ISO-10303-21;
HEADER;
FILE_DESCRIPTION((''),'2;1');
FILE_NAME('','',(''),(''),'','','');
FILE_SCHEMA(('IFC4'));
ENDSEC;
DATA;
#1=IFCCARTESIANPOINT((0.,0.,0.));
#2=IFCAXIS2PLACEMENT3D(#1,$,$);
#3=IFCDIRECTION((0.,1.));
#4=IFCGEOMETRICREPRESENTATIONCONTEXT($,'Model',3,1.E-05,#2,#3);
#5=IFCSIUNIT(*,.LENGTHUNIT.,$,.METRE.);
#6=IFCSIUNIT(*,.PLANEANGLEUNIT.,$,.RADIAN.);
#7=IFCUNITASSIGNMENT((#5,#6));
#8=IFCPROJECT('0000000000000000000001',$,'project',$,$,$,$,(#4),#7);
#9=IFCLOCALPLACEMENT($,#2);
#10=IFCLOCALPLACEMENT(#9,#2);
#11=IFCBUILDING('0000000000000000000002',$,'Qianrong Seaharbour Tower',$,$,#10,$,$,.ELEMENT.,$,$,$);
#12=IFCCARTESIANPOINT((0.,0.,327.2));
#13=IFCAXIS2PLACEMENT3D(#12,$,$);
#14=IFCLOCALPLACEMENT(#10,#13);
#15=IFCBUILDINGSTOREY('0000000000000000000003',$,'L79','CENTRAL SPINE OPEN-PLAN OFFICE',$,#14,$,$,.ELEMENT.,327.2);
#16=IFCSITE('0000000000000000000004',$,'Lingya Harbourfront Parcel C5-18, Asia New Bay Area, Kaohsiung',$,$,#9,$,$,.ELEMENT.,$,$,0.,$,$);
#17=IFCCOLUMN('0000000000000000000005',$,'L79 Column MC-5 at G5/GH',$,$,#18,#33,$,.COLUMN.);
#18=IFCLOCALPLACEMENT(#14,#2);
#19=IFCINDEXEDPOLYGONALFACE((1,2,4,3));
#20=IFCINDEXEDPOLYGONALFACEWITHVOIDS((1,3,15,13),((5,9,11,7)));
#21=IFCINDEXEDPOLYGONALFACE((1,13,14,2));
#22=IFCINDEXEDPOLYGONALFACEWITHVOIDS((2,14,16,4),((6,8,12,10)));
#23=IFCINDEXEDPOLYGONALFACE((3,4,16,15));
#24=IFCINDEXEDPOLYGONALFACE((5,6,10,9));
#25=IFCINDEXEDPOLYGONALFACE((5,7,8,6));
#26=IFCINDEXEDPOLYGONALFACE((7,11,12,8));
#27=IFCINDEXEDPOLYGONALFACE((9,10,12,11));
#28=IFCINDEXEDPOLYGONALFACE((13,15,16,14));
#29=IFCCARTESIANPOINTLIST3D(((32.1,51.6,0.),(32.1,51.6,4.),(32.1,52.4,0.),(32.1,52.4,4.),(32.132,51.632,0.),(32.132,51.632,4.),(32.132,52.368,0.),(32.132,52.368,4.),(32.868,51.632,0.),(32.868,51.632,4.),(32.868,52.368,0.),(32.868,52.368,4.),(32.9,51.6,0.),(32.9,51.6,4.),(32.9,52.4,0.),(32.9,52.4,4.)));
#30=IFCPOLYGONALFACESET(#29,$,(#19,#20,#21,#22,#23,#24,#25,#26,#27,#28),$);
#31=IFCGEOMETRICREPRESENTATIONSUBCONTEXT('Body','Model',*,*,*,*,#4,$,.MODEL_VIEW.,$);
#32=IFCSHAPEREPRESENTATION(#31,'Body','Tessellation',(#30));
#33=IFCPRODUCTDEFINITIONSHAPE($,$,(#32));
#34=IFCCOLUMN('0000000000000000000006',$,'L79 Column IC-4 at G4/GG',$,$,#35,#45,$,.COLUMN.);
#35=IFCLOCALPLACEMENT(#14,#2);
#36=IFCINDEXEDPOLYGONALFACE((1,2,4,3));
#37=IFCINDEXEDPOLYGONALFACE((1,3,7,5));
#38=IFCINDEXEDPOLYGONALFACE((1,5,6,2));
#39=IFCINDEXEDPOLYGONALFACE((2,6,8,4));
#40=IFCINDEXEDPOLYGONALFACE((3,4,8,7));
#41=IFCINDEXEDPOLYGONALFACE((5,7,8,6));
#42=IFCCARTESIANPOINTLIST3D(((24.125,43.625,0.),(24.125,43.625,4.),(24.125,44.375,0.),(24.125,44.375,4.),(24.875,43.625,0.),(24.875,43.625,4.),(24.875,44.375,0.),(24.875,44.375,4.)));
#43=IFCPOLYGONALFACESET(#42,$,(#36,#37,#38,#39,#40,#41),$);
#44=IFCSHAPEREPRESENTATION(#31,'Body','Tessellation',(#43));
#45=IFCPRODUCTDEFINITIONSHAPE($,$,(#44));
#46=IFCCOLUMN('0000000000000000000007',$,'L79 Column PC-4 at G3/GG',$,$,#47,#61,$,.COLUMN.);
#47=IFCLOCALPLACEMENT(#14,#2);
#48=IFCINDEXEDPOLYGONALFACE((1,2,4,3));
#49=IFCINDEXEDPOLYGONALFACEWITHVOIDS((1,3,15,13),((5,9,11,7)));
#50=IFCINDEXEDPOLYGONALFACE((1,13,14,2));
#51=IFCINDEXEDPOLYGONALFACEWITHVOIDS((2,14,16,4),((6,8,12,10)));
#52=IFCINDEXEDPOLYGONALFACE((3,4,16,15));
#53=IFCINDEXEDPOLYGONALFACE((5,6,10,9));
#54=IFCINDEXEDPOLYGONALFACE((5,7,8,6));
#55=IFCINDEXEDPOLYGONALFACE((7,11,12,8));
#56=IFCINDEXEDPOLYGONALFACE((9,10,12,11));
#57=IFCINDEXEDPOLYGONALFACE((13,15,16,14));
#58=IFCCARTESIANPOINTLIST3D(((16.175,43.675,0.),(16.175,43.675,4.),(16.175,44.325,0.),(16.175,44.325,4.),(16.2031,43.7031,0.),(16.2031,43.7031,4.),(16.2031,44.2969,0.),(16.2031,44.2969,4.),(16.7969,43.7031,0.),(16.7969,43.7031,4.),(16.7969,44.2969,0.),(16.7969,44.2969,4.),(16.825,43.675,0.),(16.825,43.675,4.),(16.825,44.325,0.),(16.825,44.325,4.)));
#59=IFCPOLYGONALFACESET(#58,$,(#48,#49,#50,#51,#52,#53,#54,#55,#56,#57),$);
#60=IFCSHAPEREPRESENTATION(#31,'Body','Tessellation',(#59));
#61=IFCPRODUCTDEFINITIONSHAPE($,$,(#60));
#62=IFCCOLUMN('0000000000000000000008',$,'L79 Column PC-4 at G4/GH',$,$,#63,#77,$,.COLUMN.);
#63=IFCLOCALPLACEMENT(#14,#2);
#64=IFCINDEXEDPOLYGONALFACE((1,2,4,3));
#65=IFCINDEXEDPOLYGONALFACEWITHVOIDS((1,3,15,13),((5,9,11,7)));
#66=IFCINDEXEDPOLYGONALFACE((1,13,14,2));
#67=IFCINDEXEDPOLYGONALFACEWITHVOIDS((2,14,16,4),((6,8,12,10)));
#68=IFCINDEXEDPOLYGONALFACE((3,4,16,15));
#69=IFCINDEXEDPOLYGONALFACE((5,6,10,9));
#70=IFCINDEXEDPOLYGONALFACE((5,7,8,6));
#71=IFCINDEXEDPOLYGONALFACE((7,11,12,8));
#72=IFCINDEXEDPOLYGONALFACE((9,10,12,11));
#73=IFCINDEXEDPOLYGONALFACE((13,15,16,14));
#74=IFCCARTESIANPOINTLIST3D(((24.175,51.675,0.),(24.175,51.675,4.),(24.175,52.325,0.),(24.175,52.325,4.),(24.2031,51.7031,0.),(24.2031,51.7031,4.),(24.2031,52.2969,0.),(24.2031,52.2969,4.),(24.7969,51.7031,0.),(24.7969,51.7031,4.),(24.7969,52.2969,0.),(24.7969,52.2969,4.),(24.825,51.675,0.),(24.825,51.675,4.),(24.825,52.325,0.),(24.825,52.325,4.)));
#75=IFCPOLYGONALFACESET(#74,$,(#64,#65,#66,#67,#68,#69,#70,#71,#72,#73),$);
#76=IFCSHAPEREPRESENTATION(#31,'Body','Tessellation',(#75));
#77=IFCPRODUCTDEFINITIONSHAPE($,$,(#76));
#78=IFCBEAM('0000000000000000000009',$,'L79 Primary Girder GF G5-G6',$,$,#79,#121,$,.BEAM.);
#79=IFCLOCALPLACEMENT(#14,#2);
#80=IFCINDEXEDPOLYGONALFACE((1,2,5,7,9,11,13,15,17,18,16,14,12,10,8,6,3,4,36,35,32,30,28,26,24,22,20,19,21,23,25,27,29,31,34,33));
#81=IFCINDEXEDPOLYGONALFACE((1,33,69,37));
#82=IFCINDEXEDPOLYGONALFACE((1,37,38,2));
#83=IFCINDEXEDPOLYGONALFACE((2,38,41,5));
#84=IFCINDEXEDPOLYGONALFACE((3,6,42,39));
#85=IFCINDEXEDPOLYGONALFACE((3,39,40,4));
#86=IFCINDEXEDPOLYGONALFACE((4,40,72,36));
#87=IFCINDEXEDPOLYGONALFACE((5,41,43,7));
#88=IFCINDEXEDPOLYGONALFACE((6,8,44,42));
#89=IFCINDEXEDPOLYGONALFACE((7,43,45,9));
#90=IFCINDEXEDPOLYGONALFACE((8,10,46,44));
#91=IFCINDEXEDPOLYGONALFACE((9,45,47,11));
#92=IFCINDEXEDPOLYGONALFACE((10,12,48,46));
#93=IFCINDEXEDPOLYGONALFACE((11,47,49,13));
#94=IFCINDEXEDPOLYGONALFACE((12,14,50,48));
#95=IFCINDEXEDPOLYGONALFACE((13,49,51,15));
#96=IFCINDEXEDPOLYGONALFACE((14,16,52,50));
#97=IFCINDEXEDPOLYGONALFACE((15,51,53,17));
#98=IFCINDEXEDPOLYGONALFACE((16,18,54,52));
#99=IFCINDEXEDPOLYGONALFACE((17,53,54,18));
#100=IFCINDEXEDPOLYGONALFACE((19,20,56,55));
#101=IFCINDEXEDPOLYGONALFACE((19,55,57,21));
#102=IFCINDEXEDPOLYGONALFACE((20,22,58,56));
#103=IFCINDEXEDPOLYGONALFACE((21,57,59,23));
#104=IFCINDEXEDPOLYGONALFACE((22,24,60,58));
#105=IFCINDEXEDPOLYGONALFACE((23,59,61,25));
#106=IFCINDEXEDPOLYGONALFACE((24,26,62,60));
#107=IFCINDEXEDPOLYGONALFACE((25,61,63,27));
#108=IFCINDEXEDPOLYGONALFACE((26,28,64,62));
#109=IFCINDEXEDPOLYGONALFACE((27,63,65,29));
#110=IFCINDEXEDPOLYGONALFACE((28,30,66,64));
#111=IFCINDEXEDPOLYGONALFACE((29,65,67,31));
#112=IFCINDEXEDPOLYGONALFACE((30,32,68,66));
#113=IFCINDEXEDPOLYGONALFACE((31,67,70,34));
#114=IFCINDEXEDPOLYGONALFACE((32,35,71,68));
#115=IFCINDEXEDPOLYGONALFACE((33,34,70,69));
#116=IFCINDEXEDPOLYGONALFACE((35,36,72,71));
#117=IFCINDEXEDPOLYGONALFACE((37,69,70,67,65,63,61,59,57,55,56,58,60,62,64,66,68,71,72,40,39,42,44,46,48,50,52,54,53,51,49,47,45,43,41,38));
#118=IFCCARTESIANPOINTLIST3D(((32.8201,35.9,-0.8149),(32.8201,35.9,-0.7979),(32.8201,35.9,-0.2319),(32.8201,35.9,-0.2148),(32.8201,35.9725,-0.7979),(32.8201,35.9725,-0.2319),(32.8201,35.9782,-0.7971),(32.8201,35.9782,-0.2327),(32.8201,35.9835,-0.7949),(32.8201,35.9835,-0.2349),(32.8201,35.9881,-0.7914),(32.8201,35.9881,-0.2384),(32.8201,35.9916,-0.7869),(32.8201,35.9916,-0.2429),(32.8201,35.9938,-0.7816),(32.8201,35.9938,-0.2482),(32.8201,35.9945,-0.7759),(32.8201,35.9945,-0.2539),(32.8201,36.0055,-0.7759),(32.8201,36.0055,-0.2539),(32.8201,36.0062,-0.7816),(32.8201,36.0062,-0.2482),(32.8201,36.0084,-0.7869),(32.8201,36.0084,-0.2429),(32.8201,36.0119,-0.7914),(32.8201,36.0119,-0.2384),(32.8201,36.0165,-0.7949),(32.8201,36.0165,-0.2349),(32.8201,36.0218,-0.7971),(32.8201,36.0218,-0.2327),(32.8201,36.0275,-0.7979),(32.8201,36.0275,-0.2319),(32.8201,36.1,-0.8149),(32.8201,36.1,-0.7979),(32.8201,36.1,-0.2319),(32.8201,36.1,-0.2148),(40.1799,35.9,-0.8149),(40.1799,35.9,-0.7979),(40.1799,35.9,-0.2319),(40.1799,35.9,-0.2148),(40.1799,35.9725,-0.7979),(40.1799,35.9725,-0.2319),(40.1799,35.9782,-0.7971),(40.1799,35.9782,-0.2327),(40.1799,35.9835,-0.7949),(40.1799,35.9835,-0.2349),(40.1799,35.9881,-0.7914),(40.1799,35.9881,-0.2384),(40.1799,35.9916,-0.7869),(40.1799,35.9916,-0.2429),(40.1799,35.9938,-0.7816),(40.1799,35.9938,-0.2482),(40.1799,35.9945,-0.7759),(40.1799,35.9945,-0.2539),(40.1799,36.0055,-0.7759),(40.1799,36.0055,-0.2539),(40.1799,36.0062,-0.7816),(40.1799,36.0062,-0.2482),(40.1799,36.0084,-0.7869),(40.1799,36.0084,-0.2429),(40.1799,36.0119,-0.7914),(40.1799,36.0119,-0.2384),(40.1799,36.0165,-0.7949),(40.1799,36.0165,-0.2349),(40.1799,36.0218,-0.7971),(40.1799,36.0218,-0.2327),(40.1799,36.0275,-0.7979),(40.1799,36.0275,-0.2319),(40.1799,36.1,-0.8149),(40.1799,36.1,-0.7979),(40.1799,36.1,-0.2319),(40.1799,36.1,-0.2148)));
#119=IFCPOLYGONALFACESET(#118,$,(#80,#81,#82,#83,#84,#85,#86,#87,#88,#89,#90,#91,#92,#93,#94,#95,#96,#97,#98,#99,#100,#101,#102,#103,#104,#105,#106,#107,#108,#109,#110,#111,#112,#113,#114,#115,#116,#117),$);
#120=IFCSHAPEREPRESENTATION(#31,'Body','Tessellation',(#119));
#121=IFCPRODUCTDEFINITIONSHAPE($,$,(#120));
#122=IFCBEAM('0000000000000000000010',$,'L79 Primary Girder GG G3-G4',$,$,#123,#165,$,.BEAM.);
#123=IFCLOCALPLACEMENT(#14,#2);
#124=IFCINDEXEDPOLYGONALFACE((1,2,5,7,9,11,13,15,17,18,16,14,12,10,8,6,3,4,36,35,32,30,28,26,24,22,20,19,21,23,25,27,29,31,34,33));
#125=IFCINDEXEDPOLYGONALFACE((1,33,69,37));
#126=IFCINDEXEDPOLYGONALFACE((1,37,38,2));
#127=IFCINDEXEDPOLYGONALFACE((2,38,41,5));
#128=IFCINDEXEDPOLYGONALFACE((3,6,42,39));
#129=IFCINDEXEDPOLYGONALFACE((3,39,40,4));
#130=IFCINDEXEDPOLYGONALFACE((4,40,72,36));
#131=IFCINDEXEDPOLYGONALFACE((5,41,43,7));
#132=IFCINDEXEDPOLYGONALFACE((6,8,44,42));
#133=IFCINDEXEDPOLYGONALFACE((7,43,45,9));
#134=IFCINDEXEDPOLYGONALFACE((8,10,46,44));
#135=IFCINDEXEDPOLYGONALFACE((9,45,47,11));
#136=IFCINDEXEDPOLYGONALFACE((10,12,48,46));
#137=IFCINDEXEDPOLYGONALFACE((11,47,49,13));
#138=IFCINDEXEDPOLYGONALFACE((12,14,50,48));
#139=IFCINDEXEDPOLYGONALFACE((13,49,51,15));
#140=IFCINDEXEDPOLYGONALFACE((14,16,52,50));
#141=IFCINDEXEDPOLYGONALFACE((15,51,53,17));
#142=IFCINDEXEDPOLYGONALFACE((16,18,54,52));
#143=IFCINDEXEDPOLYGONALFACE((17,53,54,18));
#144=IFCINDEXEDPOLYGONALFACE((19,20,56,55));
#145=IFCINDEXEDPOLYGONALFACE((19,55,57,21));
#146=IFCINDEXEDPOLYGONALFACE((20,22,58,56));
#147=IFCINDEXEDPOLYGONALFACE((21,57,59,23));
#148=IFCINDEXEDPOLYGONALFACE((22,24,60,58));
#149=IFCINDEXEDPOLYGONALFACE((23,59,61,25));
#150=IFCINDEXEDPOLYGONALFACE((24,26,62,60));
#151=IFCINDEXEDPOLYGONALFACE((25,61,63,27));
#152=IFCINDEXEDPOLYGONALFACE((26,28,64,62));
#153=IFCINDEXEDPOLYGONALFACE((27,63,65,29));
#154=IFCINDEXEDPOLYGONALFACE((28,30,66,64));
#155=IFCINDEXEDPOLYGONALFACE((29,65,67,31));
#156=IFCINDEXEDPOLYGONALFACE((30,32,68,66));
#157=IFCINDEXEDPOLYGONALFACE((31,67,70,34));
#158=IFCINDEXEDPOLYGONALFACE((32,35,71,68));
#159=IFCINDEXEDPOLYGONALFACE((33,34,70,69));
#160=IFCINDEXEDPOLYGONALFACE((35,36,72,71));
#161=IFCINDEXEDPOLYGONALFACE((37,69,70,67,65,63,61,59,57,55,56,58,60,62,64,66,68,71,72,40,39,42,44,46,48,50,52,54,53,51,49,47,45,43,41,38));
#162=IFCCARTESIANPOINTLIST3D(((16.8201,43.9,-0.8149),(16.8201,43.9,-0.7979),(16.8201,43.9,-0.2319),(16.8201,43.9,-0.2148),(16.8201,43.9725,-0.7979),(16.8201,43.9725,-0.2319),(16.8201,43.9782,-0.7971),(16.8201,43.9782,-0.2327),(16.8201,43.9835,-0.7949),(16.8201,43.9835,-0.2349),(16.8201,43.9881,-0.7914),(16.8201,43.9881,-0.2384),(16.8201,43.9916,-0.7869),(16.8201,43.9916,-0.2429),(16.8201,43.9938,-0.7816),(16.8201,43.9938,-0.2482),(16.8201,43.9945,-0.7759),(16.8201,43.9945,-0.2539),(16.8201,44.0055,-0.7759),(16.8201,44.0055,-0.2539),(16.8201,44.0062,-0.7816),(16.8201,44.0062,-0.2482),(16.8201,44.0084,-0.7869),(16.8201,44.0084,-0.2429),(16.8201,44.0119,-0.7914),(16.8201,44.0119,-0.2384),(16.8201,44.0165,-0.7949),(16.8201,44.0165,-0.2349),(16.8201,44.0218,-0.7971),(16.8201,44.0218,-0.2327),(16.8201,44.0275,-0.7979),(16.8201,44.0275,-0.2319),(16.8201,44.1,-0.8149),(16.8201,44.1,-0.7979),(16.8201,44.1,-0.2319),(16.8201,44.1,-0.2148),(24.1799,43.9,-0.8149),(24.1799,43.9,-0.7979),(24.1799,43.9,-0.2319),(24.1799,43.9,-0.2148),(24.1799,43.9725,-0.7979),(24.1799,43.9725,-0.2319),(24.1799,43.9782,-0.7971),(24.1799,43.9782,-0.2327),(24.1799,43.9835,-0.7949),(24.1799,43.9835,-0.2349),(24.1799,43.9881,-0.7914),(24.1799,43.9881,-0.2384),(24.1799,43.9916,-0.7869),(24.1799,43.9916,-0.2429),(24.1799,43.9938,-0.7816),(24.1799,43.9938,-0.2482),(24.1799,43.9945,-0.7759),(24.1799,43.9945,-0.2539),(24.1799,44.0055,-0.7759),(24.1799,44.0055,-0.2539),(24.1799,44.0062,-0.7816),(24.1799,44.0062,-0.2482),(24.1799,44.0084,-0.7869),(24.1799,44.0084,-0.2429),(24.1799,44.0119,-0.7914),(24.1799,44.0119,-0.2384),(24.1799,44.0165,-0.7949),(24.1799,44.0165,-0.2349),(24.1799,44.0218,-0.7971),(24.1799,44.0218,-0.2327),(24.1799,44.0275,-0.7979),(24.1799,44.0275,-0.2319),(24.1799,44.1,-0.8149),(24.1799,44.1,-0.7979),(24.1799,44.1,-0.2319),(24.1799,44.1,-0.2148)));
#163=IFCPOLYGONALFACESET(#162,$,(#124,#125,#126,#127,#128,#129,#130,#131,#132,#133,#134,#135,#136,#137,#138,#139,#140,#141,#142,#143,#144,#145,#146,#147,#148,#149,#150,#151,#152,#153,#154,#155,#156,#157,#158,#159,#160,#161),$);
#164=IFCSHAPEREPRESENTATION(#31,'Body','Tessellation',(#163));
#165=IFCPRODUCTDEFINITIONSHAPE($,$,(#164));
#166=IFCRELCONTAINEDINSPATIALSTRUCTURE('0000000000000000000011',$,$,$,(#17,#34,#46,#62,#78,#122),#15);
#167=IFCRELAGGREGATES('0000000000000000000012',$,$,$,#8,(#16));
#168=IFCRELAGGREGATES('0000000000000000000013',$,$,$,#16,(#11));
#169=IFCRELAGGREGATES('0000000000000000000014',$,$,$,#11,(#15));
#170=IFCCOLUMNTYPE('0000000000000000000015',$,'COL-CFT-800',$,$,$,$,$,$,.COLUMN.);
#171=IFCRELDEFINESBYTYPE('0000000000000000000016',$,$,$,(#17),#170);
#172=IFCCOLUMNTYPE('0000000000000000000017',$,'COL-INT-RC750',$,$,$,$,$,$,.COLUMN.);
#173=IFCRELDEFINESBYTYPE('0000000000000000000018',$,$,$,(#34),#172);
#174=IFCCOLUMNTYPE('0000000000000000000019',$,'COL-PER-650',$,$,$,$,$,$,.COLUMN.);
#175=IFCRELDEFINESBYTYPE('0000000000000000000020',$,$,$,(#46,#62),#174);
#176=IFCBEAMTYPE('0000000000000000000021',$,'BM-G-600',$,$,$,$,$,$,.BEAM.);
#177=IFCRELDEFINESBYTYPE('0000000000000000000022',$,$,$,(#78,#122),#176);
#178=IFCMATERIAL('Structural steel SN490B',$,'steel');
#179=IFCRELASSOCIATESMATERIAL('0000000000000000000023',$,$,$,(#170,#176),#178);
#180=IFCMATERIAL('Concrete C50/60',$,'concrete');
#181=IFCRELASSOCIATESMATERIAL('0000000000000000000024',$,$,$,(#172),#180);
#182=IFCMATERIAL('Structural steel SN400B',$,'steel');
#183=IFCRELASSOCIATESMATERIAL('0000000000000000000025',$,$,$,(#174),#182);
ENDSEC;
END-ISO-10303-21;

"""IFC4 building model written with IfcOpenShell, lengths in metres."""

from ifc_helpers import new_model, si_unit, direction, frame, origin, origin_2d, place, context, subcontext, project, spatial, rectangle, hollow_rectangle, i_section, extrude, material, material_profile, profile_set, type_object, element, save


model = new_model("IFC4")

# Units and contexts
model_context = context("Model", 3, precision=1e-05, world=origin(), true_north=direction((0.0, 1.0)))
body_context = subcontext(model_context, "Body", "Model", "MODEL_VIEW")
ifc_project = project(units=[si_unit("LENGTHUNIT", "METRE"), si_unit("PLANEANGLEUNIT", "RADIAN")], contexts=[model_context])

# Site, building, storey
site_placement = place(None, origin())
site = spatial("IfcSite", under=ifc_project, at=site_placement, Name="Lingya Harbourfront Parcel C5-18, Asia New Bay Area, Kaohsiung", CompositionType="ELEMENT", RefElevation=0.0)
building_placement = place(site_placement, origin())
building = spatial("IfcBuilding", under=site, at=building_placement, Name="Qianrong Seaharbour Tower", CompositionType="ELEMENT")
storey_placement = place(building_placement, frame((0.0, 0.0, 327.2)))
storey = spatial("IfcBuildingStorey", under=building, at=storey_placement, Name="L79", Description="CENTRAL SPINE OPEN-PLAN OFFICE", CompositionType="ELEMENT", Elevation=327.2)

# Columns
ifc_material_1 = material(Name="Structural steel SN490B", Category="steel")
ifc_material_profile_1 = material_profile(ifc_material_1, hollow_rectangle(XDim=0.8, YDim=0.8, WallThickness=0.032, at=origin_2d()), Name="BOX800x800x32")
ifc_profile_set_1 = profile_set([ifc_material_profile_1], Name="Structural steel SN490B")
column_type_1 = type_object("IfcColumnType", Name="COL-CFT-800", PredefinedType="COLUMN", material=ifc_profile_set_1)
column_1_placement = place(storey_placement, frame((32.5, 52.0, 0.0), z_axis=(0.0, 0.0, 1.0), x_axis=(1.0, 0.0, 0.0)))
element("IfcColumn", 1, at=column_1_placement, inside=storey, type_object=column_type_1, Name="L79 Column MC-5 at G5/GH", PredefinedType="COLUMN", context=body_context, shape_type="SweptSolid", body=[
    extrude(hollow_rectangle(XDim=0.8, YDim=0.8, WallThickness=0.032, at=origin_2d()), origin(), (0.0, 0.0, 1.0), 4.0),
])
ifc_material_2 = material(Name="Concrete C50/60", Category="concrete")
ifc_material_profile_2 = material_profile(ifc_material_2, rectangle(XDim=0.75, YDim=0.75, at=origin_2d()), Name="RC750x750")
ifc_profile_set_2 = profile_set([ifc_material_profile_2], Name="Concrete C50/60")
column_type_2 = type_object("IfcColumnType", Name="COL-INT-RC750", PredefinedType="COLUMN", material=ifc_profile_set_2)
column_2_placement = place(storey_placement, frame((24.5, 44.0, 0.0), z_axis=(0.0, 0.0, 1.0), x_axis=(1.0, 0.0, 0.0)))
element("IfcColumn", 2, at=column_2_placement, inside=storey, type_object=column_type_2, Name="L79 Column IC-4 at G4/GG", PredefinedType="COLUMN", context=body_context, shape_type="SweptSolid", body=[
    extrude(rectangle(XDim=0.75, YDim=0.75, at=origin_2d()), origin(), (0.0, 0.0, 1.0), 4.0),
])
ifc_material_3 = material(Name="Structural steel SN400B", Category="steel")
ifc_material_profile_3 = material_profile(ifc_material_3, hollow_rectangle(XDim=0.6499, YDim=0.6499, WallThickness=0.0281, at=origin_2d()), Name="BOX650x650x28")
ifc_profile_set_3 = profile_set([ifc_material_profile_3], Name="Structural steel SN400B")
column_type_3 = type_object("IfcColumnType", Name="COL-PER-650", PredefinedType="COLUMN", material=ifc_profile_set_3)
for number, where, z_axis, x_axis, name in (
    (3, (16.5, 44.0, 0.0), (0.0, 0.0, 1.0), (1.0, 0.0, 0.0), "L79 Column PC-4 at G3/GG"),
    (4, (24.5, 52.0, 0.0), (0.0, 0.0, 1.0), (1.0, 0.0, 0.0), "L79 Column PC-4 at G4/GH"),
):
    element("IfcColumn", number, at=place(storey_placement, frame(where, z_axis=z_axis, x_axis=x_axis)), inside=storey, type_object=column_type_3, Name=name, PredefinedType="COLUMN", context=body_context, shape_type="SweptSolid", body=[
        extrude(hollow_rectangle(XDim=0.6499, YDim=0.6499, WallThickness=0.0281, at=origin_2d()), origin(), (0.0, 0.0, 1.0), 4.0),
    ])

# Beams
ifc_material_profile_4 = material_profile(ifc_material_1, i_section(OverallWidth=0.2, OverallDepth=0.6001, WebThickness=0.011, FlangeThickness=0.0171, FilletRadius=0.022, at=origin_2d()), Name="H600x200x11x17")
ifc_profile_set_4 = profile_set([ifc_material_profile_4], Name="Structural steel SN490B")
beam_type_1 = type_object("IfcBeamType", Name="BM-G-600", PredefinedType="BEAM", material=ifc_profile_set_4)
for number, where, z_axis, x_axis, name in (
    (5, (32.8201, 36.0, -0.5149), (1.0, 0.0, 0.0), (0.0, 1.0, 0.0), "L79 Primary Girder GF G5-G6"),
    (6, (16.8201, 44.0, -0.5149), (1.0, 0.0, 0.0), (0.0, 1.0, 0.0), "L79 Primary Girder GG G3-G4"),
):
    element("IfcBeam", number, at=place(storey_placement, frame(where, z_axis=z_axis, x_axis=x_axis)), inside=storey, type_object=beam_type_1, Name=name, PredefinedType="BEAM", context=body_context, shape_type="SweptSolid", body=[
        extrude(i_section(OverallWidth=0.2, OverallDepth=0.6001, WebThickness=0.011, FlangeThickness=0.0171, FilletRadius=0.022, at=origin_2d()), origin(), (0.0, 0.0, 1.0), 7.3599),
    ])

save(model, "model.ifc")
